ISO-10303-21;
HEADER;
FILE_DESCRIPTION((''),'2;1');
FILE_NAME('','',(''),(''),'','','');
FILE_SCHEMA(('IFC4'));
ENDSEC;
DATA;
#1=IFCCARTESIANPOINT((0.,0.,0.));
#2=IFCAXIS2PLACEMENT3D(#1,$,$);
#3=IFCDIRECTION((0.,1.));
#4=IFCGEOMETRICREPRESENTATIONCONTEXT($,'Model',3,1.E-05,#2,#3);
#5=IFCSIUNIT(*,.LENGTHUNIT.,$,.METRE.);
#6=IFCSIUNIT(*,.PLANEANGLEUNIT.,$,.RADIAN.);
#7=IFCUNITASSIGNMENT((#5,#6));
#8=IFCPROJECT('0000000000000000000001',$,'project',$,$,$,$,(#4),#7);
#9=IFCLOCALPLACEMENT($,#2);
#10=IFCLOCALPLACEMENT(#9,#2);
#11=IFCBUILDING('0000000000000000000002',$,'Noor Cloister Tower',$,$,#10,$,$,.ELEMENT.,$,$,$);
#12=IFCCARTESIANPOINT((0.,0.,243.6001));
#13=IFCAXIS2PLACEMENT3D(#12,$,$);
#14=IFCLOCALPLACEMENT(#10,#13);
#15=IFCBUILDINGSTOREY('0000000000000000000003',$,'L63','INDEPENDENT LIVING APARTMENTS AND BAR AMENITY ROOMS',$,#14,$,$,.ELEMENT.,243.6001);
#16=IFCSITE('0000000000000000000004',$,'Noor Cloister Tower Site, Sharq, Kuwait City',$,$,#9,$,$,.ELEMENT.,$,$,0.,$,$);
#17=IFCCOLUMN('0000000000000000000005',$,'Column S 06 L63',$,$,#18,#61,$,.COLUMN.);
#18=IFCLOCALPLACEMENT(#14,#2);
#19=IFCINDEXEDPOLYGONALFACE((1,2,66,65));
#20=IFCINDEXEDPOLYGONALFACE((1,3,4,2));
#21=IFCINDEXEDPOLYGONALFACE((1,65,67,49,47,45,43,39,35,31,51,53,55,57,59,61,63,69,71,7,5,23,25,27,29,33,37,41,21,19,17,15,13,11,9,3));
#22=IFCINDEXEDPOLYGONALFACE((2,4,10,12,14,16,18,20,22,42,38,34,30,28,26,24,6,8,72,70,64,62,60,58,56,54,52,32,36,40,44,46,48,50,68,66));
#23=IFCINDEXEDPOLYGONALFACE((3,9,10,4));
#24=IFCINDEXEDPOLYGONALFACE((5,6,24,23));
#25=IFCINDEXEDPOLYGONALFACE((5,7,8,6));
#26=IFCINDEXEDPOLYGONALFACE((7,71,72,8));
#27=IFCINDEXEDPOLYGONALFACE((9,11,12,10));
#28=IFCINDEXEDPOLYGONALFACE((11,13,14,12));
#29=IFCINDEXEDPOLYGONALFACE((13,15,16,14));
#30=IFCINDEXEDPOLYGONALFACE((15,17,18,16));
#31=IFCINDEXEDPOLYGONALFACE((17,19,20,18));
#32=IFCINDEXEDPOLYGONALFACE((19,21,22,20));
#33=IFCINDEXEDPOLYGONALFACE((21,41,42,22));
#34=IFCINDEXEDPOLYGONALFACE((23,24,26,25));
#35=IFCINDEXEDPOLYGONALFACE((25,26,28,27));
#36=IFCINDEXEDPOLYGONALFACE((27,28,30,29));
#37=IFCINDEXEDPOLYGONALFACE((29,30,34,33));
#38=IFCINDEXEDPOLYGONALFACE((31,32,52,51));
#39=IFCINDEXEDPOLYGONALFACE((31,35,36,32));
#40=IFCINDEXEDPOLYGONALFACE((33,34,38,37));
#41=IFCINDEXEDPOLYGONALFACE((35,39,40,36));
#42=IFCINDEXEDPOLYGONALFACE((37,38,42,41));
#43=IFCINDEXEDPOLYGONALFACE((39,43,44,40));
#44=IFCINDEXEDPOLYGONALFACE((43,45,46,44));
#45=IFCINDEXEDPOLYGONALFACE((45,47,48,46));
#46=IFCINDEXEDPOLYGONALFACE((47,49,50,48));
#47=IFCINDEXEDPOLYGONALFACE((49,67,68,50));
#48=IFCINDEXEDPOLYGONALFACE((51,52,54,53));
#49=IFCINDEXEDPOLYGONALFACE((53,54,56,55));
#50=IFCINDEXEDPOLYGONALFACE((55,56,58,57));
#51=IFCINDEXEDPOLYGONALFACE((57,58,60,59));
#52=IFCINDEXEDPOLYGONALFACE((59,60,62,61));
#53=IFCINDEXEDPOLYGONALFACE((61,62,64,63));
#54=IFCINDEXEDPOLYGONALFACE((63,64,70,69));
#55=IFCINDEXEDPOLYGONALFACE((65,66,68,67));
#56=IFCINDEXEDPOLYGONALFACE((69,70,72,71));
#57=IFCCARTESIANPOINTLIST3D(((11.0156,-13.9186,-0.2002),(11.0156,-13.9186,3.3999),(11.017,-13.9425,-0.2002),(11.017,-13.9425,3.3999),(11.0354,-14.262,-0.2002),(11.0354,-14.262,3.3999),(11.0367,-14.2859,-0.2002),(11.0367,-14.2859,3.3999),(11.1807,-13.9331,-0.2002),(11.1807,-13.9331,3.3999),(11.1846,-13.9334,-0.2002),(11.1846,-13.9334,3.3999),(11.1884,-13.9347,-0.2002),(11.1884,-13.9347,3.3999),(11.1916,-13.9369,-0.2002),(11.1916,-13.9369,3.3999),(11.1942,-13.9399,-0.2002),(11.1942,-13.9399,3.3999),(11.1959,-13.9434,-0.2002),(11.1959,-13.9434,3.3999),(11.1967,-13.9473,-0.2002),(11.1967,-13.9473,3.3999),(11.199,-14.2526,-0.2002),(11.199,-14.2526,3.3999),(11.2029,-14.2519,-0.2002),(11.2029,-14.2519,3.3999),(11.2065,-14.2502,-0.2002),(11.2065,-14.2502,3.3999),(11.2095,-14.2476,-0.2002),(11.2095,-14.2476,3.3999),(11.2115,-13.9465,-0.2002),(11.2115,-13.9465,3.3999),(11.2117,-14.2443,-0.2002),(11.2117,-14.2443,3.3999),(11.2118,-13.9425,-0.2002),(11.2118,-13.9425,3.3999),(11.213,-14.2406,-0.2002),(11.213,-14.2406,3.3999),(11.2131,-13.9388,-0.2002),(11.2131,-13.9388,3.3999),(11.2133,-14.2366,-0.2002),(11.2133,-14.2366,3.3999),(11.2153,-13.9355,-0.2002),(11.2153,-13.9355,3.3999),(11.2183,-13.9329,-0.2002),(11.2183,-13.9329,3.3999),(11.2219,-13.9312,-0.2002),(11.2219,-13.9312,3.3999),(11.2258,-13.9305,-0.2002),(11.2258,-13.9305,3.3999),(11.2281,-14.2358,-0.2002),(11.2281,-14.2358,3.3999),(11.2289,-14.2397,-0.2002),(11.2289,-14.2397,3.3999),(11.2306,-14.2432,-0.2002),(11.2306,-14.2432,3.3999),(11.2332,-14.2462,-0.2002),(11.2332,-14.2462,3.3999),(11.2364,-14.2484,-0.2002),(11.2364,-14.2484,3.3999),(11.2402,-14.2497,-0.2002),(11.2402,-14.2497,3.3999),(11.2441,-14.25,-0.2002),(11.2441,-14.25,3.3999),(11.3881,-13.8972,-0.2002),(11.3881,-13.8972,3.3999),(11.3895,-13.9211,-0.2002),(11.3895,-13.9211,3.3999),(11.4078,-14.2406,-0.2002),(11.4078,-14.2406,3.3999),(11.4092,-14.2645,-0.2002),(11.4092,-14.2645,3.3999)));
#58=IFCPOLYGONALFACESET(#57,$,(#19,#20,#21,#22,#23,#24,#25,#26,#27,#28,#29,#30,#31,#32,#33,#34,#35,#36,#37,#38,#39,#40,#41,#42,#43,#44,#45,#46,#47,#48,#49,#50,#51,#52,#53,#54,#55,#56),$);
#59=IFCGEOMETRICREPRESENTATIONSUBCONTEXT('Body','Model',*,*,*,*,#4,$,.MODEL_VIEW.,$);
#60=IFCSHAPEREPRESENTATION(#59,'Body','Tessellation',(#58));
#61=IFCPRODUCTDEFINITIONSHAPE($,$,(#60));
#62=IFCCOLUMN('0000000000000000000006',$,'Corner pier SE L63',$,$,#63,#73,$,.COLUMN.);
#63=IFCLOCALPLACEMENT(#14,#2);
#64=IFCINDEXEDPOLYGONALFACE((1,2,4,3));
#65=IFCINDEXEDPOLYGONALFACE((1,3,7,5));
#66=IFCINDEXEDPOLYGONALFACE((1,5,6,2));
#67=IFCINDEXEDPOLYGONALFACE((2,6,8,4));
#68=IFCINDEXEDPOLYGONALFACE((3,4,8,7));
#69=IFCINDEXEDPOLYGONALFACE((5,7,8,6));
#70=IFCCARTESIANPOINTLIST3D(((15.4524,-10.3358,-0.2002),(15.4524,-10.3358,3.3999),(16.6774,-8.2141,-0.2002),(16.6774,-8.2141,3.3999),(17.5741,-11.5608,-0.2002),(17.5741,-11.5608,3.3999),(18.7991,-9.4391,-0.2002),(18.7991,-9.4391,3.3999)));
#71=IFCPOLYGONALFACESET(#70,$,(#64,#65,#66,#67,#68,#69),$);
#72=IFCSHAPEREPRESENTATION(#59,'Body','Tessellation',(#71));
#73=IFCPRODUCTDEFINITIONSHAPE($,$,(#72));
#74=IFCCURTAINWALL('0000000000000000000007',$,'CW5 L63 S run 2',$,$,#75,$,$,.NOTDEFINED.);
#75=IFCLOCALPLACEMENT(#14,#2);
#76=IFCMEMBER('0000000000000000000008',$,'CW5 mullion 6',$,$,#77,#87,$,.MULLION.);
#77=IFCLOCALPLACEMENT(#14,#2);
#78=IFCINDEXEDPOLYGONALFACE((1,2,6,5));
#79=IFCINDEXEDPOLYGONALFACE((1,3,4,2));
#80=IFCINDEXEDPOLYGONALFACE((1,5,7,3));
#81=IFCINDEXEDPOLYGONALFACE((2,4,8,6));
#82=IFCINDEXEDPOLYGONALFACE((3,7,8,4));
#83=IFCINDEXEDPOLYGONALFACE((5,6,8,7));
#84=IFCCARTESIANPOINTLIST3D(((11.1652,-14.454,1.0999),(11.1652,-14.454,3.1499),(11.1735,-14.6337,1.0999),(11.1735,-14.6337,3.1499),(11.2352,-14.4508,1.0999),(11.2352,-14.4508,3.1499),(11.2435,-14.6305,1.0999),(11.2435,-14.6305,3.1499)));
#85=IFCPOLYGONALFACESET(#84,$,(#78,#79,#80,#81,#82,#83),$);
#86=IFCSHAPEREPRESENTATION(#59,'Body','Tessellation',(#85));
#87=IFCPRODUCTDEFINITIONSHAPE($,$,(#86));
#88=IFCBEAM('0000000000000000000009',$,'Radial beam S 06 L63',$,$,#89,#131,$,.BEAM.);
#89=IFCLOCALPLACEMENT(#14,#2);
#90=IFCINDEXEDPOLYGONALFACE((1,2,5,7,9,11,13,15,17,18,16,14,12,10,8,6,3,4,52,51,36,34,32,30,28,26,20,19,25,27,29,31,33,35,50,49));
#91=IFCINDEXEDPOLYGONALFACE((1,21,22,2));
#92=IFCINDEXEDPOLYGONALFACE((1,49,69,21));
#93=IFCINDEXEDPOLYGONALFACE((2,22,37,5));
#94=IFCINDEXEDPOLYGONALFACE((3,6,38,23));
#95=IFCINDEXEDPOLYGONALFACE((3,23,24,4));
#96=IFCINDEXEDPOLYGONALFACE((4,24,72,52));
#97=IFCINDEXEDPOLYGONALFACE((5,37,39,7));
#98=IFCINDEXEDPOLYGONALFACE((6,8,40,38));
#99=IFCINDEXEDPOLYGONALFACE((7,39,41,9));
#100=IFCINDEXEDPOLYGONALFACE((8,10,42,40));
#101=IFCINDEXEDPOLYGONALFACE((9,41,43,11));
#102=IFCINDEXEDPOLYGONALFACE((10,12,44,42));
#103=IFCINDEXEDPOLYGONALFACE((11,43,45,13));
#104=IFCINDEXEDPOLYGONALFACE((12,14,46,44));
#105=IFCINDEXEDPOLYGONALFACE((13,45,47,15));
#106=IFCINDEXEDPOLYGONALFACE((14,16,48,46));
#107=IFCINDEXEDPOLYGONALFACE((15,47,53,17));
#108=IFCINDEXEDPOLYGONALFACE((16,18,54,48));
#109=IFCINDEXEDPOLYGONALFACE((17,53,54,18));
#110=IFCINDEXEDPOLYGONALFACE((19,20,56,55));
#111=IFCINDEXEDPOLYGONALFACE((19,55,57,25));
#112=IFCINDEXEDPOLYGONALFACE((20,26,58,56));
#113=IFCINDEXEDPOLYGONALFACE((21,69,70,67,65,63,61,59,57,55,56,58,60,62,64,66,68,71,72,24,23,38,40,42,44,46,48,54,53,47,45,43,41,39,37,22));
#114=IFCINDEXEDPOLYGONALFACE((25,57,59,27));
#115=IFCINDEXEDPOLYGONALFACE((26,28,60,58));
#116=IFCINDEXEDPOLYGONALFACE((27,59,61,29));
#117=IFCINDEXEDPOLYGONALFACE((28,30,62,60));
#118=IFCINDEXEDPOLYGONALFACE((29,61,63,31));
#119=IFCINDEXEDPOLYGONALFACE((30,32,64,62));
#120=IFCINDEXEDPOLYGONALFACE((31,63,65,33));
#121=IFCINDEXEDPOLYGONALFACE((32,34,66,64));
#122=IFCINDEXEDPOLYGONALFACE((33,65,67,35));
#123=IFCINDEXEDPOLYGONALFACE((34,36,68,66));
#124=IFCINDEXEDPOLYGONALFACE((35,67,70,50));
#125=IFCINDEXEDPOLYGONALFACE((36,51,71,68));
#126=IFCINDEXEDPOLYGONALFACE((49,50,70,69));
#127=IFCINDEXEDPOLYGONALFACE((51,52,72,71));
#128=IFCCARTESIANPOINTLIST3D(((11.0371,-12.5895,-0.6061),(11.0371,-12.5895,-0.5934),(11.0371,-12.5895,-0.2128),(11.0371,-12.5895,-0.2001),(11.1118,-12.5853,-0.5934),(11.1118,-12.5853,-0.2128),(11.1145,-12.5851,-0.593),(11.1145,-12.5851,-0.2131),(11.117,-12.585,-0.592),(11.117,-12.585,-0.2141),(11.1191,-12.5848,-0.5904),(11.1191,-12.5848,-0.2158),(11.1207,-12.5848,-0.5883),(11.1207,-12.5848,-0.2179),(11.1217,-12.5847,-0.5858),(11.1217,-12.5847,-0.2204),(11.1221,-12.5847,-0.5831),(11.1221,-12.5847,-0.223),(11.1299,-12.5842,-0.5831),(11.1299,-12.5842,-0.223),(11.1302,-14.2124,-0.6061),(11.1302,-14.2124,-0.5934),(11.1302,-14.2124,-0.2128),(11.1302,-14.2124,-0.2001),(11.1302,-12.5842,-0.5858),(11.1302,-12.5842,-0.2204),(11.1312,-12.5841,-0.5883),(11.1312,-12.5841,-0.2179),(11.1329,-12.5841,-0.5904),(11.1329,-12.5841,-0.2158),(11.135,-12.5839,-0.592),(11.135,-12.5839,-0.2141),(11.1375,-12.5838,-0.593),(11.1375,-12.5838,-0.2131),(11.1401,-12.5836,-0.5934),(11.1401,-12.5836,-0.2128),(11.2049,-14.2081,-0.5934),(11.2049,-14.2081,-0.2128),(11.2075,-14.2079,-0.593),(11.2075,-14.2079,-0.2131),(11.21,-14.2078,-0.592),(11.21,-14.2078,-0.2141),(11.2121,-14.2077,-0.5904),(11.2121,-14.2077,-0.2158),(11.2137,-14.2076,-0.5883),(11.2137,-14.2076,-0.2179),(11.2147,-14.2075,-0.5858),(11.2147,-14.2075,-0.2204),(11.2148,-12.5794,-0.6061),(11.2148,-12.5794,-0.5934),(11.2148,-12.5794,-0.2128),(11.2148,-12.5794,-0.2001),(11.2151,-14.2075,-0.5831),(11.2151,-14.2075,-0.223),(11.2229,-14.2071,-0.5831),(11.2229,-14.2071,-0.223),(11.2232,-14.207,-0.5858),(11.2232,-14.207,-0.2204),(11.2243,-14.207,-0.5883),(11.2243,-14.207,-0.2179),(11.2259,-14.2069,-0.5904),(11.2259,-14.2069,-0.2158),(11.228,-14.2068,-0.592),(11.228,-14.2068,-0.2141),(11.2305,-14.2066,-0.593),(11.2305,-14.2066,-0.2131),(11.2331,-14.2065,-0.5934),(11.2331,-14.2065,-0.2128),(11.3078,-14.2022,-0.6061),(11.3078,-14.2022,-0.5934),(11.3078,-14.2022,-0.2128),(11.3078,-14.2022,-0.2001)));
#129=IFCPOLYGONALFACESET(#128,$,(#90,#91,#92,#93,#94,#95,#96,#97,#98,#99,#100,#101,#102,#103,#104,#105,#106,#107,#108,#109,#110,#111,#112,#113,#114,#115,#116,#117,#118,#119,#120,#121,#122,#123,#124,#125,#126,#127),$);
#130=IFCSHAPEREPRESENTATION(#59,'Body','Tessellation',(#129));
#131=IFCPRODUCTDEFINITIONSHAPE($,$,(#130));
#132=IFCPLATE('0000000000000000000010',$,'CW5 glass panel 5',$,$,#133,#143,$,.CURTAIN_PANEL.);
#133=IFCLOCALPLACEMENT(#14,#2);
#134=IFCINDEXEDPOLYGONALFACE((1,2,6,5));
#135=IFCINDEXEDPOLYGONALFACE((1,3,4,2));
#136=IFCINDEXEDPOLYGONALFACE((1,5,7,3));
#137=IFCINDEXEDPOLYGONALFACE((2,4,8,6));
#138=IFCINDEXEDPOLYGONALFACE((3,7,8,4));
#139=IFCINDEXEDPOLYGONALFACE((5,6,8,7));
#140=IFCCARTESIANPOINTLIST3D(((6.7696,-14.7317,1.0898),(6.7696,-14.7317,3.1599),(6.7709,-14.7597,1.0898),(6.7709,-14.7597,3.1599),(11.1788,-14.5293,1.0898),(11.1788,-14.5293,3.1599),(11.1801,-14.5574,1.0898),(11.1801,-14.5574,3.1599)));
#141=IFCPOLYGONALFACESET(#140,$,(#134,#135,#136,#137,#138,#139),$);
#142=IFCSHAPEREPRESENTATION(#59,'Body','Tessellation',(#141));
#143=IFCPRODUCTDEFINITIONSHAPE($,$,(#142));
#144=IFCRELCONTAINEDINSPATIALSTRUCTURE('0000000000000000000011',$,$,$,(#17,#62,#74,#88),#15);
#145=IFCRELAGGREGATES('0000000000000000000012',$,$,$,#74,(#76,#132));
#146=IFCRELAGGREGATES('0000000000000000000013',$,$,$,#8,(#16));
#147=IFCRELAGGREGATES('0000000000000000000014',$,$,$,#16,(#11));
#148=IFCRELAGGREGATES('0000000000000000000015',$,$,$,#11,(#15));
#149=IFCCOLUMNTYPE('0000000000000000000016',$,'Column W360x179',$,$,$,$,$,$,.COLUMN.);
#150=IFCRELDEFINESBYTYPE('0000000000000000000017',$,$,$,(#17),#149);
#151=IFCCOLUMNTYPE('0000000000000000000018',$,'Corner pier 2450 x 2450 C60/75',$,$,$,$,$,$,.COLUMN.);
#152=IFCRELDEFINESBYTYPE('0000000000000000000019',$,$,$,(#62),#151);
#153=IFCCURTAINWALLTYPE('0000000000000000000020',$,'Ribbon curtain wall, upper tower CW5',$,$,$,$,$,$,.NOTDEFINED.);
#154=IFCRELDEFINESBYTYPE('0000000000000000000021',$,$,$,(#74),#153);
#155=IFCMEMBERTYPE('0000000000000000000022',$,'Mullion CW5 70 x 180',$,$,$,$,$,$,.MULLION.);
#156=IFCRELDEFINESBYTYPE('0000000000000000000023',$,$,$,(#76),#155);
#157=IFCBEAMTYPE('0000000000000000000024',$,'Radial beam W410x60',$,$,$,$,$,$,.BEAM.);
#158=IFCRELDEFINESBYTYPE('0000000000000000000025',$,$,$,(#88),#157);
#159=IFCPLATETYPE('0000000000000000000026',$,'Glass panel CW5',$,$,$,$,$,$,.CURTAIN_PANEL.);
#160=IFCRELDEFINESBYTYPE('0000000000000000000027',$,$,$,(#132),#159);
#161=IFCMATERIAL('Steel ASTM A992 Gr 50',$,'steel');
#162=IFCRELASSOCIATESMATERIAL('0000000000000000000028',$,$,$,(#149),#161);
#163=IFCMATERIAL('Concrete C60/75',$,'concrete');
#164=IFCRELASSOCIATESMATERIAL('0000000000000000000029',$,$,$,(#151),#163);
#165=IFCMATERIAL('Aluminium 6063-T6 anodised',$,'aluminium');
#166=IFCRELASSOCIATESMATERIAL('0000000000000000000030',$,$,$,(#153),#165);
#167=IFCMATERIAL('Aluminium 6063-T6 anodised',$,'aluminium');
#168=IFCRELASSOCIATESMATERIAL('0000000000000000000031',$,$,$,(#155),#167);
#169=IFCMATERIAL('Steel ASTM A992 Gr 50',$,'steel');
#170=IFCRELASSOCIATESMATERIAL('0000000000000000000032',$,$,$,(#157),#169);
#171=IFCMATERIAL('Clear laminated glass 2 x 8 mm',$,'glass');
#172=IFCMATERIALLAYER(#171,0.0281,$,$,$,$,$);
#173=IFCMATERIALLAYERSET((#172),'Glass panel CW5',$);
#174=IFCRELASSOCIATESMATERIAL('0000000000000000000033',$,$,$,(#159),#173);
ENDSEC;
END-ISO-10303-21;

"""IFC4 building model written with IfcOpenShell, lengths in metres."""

from ifc_helpers import new_model, si_unit, direction, frame, origin, origin_2d, place, context, subcontext, project, spatial, rectangle, i_section, extrude, material, layer, layer_set, material_profile, profile_set, type_object, element, aggregate, save


model = new_model("IFC4")

# Units and contexts
model_context = context("Model", 3, precision=1e-05, world=origin(), true_north=direction((0.0, 1.0)))
body_context = subcontext(model_context, "Body", "Model", "MODEL_VIEW")
ifc_project = project(units=[si_unit("LENGTHUNIT", "METRE"), si_unit("PLANEANGLEUNIT", "RADIAN")], contexts=[model_context])

# Site, building, storey
site_placement = place(None, origin())
site = spatial("IfcSite", under=ifc_project, at=site_placement, Name="Noor Cloister Tower Site, Sharq, Kuwait City", CompositionType="ELEMENT", RefElevation=0.0)
building_placement = place(site_placement, origin())
building = spatial("IfcBuilding", under=site, at=building_placement, Name="Noor Cloister Tower", CompositionType="ELEMENT")
storey_placement = place(building_placement, frame((0.0, 0.0, 243.6001)))
storey = spatial("IfcBuildingStorey", under=building, at=storey_placement, Name="L63", Description="INDEPENDENT LIVING APARTMENTS AND BAR AMENITY ROOMS", CompositionType="ELEMENT", Elevation=243.6001)

# Columns
ifc_material_1 = material(Name="Steel ASTM A992 Gr 50", Category="steel")
ifc_material_profile_1 = material_profile(ifc_material_1, i_section(OverallWidth=0.373, OverallDepth=0.3679, WebThickness=0.0149, FlangeThickness=0.0239, FilletRadius=0.0151, at=origin_2d()), Name="W360x179")
ifc_profile_set_1 = profile_set([ifc_material_profile_1], Name="Steel ASTM A992 Gr 50")
column_type_1 = type_object("IfcColumnType", Name="Column W360x179", PredefinedType="COLUMN", material=ifc_profile_set_1)
column_1_placement = place(storey_placement, frame((11.2124, -14.0916, -0.2002), z_axis=(0.0, 0.0, 1.0), x_axis=(0.998358, 0.057286, 0.0)))
element("IfcColumn", 1, at=column_1_placement, inside=storey, type_object=column_type_1, Name="Column S 06 L63", PredefinedType="COLUMN", context=body_context, shape_type="SweptSolid", body=[
    extrude(i_section(OverallWidth=0.373, OverallDepth=0.3679, WebThickness=0.0149, FlangeThickness=0.0239, FilletRadius=0.0151, at=origin_2d()), origin(), (0.0, 0.0, 1.0), 3.6001),
])
ifc_material_2 = material(Name="Concrete C60/75", Category="concrete")
ifc_material_profile_2 = material_profile(ifc_material_2, rectangle(XDim=2.45, YDim=2.45, at=origin_2d()), Name="RC 2450x2450")
ifc_profile_set_2 = profile_set([ifc_material_profile_2], Name="Concrete C60/75")
column_type_2 = type_object("IfcColumnType", Name="Corner pier 2450 x 2450 C60/75", PredefinedType="COLUMN", material=ifc_profile_set_2)
column_2_placement = place(storey_placement, frame((17.1257, -9.8875, -0.2002), z_axis=(0.0, 0.0, 1.0), x_axis=(0.866025, -0.5, 0.0)))
element("IfcColumn", 2, at=column_2_placement, inside=storey, type_object=column_type_2, Name="Corner pier SE L63", PredefinedType="COLUMN", context=body_context, shape_type="SweptSolid", body=[
    extrude(rectangle(XDim=2.45, YDim=2.45, at=origin_2d()), origin(), (0.0, 0.0, 1.0), 3.6001),
])

# Curtain wall, member
ifc_material_3 = material(Name="Aluminium 6063-T6 anodised", Category="aluminium")
curtain_wall_type = type_object("IfcCurtainWallType", Name="Ribbon curtain wall, upper tower CW5", PredefinedType="NOTDEFINED", material=ifc_material_3)
curtain_wall_placement = place(storey_placement, origin())
curtain_wall = element("IfcCurtainWall", 3, at=curtain_wall_placement, inside=storey, type_object=curtain_wall_type, Name="CW5 L63 S run 2", PredefinedType="NOTDEFINED")
ifc_material_4 = material(Name="Aluminium 6063-T6 anodised", Category="aluminium")
ifc_material_profile_3 = material_profile(ifc_material_4, rectangle(XDim=0.1799, YDim=0.0701, at=origin_2d()), Name="180 x 70 mullion")
ifc_profile_set_3 = profile_set([ifc_material_profile_3], Name="Aluminium 6063-T6 anodised")
member_type = type_object("IfcMemberType", Name="Mullion CW5 70 x 180", PredefinedType="MULLION", material=ifc_profile_set_3)
member_placement = place(storey_placement, frame((11.2043, -14.5422, 1.0999), z_axis=(0.0, 0.0, 1.0), x_axis=(-0.045838, 0.998949, 0.0)))
member = element("IfcMember", 4, at=member_placement, type_object=member_type, Name="CW5 mullion 6", PredefinedType="MULLION", context=body_context, shape_type="SweptSolid", body=[
    extrude(rectangle(XDim=0.1799, YDim=0.0701, at=origin_2d()), origin(), (0.0, 0.0, 1.0), 2.05),
])

# Beam
ifc_material_5 = material(Name="Steel ASTM A992 Gr 50", Category="steel")
ifc_material_profile_4 = material_profile(ifc_material_5, i_section(OverallWidth=0.178, OverallDepth=0.406, WebThickness=0.0078, FlangeThickness=0.0127, FilletRadius=0.0103, at=origin_2d()), Name="W410x60")
ifc_profile_set_4 = profile_set([ifc_material_profile_4], Name="Steel ASTM A992 Gr 50")
beam_type = type_object("IfcBeamType", Name="Radial beam W410x60", PredefinedType="BEAM", material=ifc_profile_set_4)
beam_placement = place(storey_placement, frame((11.219, -14.2073, -0.4031), z_axis=(-0.057225, 0.998361, 0.0), x_axis=(-0.998361, -0.057225, 0.0)))
element("IfcBeam", 5, at=beam_placement, inside=storey, type_object=beam_type, Name="Radial beam S 06 L63", PredefinedType="BEAM", context=body_context, shape_type="SweptSolid", body=[
    extrude(i_section(OverallWidth=0.178, OverallDepth=0.406, WebThickness=0.0078, FlangeThickness=0.0127, FilletRadius=0.0103, at=origin_2d()), origin(), (0.0, 0.0, 1.0), 1.6255),
])

# Plate
ifc_material_6 = material(Name="Clear laminated glass 2 x 8 mm", Category="glass")
ifc_layer_1 = layer(ifc_material_6, 0.0281)
ifc_layer_set_1 = layer_set([ifc_layer_1], Name="Glass panel CW5")
plate_type = type_object("IfcPlateType", Name="Glass panel CW5", PredefinedType="CURTAIN_PANEL", material=ifc_layer_set_1)
plate_placement = place(storey_placement, frame((8.9749, -14.6445, 1.0898), z_axis=(0.0, 0.0, 1.0), x_axis=(0.998949, 0.045838, 0.0)))
plate = element("IfcPlate", 6, at=plate_placement, type_object=plate_type, Name="CW5 glass panel 5", PredefinedType="CURTAIN_PANEL", context=body_context, shape_type="SweptSolid", body=[
    extrude(rectangle(XDim=4.4138, YDim=0.0281, at=origin_2d()), origin(), (0.0, 0.0, 1.0), 2.0701),
])
aggregate(curtain_wall, [member, plate])

save(model, "model.ifc")
